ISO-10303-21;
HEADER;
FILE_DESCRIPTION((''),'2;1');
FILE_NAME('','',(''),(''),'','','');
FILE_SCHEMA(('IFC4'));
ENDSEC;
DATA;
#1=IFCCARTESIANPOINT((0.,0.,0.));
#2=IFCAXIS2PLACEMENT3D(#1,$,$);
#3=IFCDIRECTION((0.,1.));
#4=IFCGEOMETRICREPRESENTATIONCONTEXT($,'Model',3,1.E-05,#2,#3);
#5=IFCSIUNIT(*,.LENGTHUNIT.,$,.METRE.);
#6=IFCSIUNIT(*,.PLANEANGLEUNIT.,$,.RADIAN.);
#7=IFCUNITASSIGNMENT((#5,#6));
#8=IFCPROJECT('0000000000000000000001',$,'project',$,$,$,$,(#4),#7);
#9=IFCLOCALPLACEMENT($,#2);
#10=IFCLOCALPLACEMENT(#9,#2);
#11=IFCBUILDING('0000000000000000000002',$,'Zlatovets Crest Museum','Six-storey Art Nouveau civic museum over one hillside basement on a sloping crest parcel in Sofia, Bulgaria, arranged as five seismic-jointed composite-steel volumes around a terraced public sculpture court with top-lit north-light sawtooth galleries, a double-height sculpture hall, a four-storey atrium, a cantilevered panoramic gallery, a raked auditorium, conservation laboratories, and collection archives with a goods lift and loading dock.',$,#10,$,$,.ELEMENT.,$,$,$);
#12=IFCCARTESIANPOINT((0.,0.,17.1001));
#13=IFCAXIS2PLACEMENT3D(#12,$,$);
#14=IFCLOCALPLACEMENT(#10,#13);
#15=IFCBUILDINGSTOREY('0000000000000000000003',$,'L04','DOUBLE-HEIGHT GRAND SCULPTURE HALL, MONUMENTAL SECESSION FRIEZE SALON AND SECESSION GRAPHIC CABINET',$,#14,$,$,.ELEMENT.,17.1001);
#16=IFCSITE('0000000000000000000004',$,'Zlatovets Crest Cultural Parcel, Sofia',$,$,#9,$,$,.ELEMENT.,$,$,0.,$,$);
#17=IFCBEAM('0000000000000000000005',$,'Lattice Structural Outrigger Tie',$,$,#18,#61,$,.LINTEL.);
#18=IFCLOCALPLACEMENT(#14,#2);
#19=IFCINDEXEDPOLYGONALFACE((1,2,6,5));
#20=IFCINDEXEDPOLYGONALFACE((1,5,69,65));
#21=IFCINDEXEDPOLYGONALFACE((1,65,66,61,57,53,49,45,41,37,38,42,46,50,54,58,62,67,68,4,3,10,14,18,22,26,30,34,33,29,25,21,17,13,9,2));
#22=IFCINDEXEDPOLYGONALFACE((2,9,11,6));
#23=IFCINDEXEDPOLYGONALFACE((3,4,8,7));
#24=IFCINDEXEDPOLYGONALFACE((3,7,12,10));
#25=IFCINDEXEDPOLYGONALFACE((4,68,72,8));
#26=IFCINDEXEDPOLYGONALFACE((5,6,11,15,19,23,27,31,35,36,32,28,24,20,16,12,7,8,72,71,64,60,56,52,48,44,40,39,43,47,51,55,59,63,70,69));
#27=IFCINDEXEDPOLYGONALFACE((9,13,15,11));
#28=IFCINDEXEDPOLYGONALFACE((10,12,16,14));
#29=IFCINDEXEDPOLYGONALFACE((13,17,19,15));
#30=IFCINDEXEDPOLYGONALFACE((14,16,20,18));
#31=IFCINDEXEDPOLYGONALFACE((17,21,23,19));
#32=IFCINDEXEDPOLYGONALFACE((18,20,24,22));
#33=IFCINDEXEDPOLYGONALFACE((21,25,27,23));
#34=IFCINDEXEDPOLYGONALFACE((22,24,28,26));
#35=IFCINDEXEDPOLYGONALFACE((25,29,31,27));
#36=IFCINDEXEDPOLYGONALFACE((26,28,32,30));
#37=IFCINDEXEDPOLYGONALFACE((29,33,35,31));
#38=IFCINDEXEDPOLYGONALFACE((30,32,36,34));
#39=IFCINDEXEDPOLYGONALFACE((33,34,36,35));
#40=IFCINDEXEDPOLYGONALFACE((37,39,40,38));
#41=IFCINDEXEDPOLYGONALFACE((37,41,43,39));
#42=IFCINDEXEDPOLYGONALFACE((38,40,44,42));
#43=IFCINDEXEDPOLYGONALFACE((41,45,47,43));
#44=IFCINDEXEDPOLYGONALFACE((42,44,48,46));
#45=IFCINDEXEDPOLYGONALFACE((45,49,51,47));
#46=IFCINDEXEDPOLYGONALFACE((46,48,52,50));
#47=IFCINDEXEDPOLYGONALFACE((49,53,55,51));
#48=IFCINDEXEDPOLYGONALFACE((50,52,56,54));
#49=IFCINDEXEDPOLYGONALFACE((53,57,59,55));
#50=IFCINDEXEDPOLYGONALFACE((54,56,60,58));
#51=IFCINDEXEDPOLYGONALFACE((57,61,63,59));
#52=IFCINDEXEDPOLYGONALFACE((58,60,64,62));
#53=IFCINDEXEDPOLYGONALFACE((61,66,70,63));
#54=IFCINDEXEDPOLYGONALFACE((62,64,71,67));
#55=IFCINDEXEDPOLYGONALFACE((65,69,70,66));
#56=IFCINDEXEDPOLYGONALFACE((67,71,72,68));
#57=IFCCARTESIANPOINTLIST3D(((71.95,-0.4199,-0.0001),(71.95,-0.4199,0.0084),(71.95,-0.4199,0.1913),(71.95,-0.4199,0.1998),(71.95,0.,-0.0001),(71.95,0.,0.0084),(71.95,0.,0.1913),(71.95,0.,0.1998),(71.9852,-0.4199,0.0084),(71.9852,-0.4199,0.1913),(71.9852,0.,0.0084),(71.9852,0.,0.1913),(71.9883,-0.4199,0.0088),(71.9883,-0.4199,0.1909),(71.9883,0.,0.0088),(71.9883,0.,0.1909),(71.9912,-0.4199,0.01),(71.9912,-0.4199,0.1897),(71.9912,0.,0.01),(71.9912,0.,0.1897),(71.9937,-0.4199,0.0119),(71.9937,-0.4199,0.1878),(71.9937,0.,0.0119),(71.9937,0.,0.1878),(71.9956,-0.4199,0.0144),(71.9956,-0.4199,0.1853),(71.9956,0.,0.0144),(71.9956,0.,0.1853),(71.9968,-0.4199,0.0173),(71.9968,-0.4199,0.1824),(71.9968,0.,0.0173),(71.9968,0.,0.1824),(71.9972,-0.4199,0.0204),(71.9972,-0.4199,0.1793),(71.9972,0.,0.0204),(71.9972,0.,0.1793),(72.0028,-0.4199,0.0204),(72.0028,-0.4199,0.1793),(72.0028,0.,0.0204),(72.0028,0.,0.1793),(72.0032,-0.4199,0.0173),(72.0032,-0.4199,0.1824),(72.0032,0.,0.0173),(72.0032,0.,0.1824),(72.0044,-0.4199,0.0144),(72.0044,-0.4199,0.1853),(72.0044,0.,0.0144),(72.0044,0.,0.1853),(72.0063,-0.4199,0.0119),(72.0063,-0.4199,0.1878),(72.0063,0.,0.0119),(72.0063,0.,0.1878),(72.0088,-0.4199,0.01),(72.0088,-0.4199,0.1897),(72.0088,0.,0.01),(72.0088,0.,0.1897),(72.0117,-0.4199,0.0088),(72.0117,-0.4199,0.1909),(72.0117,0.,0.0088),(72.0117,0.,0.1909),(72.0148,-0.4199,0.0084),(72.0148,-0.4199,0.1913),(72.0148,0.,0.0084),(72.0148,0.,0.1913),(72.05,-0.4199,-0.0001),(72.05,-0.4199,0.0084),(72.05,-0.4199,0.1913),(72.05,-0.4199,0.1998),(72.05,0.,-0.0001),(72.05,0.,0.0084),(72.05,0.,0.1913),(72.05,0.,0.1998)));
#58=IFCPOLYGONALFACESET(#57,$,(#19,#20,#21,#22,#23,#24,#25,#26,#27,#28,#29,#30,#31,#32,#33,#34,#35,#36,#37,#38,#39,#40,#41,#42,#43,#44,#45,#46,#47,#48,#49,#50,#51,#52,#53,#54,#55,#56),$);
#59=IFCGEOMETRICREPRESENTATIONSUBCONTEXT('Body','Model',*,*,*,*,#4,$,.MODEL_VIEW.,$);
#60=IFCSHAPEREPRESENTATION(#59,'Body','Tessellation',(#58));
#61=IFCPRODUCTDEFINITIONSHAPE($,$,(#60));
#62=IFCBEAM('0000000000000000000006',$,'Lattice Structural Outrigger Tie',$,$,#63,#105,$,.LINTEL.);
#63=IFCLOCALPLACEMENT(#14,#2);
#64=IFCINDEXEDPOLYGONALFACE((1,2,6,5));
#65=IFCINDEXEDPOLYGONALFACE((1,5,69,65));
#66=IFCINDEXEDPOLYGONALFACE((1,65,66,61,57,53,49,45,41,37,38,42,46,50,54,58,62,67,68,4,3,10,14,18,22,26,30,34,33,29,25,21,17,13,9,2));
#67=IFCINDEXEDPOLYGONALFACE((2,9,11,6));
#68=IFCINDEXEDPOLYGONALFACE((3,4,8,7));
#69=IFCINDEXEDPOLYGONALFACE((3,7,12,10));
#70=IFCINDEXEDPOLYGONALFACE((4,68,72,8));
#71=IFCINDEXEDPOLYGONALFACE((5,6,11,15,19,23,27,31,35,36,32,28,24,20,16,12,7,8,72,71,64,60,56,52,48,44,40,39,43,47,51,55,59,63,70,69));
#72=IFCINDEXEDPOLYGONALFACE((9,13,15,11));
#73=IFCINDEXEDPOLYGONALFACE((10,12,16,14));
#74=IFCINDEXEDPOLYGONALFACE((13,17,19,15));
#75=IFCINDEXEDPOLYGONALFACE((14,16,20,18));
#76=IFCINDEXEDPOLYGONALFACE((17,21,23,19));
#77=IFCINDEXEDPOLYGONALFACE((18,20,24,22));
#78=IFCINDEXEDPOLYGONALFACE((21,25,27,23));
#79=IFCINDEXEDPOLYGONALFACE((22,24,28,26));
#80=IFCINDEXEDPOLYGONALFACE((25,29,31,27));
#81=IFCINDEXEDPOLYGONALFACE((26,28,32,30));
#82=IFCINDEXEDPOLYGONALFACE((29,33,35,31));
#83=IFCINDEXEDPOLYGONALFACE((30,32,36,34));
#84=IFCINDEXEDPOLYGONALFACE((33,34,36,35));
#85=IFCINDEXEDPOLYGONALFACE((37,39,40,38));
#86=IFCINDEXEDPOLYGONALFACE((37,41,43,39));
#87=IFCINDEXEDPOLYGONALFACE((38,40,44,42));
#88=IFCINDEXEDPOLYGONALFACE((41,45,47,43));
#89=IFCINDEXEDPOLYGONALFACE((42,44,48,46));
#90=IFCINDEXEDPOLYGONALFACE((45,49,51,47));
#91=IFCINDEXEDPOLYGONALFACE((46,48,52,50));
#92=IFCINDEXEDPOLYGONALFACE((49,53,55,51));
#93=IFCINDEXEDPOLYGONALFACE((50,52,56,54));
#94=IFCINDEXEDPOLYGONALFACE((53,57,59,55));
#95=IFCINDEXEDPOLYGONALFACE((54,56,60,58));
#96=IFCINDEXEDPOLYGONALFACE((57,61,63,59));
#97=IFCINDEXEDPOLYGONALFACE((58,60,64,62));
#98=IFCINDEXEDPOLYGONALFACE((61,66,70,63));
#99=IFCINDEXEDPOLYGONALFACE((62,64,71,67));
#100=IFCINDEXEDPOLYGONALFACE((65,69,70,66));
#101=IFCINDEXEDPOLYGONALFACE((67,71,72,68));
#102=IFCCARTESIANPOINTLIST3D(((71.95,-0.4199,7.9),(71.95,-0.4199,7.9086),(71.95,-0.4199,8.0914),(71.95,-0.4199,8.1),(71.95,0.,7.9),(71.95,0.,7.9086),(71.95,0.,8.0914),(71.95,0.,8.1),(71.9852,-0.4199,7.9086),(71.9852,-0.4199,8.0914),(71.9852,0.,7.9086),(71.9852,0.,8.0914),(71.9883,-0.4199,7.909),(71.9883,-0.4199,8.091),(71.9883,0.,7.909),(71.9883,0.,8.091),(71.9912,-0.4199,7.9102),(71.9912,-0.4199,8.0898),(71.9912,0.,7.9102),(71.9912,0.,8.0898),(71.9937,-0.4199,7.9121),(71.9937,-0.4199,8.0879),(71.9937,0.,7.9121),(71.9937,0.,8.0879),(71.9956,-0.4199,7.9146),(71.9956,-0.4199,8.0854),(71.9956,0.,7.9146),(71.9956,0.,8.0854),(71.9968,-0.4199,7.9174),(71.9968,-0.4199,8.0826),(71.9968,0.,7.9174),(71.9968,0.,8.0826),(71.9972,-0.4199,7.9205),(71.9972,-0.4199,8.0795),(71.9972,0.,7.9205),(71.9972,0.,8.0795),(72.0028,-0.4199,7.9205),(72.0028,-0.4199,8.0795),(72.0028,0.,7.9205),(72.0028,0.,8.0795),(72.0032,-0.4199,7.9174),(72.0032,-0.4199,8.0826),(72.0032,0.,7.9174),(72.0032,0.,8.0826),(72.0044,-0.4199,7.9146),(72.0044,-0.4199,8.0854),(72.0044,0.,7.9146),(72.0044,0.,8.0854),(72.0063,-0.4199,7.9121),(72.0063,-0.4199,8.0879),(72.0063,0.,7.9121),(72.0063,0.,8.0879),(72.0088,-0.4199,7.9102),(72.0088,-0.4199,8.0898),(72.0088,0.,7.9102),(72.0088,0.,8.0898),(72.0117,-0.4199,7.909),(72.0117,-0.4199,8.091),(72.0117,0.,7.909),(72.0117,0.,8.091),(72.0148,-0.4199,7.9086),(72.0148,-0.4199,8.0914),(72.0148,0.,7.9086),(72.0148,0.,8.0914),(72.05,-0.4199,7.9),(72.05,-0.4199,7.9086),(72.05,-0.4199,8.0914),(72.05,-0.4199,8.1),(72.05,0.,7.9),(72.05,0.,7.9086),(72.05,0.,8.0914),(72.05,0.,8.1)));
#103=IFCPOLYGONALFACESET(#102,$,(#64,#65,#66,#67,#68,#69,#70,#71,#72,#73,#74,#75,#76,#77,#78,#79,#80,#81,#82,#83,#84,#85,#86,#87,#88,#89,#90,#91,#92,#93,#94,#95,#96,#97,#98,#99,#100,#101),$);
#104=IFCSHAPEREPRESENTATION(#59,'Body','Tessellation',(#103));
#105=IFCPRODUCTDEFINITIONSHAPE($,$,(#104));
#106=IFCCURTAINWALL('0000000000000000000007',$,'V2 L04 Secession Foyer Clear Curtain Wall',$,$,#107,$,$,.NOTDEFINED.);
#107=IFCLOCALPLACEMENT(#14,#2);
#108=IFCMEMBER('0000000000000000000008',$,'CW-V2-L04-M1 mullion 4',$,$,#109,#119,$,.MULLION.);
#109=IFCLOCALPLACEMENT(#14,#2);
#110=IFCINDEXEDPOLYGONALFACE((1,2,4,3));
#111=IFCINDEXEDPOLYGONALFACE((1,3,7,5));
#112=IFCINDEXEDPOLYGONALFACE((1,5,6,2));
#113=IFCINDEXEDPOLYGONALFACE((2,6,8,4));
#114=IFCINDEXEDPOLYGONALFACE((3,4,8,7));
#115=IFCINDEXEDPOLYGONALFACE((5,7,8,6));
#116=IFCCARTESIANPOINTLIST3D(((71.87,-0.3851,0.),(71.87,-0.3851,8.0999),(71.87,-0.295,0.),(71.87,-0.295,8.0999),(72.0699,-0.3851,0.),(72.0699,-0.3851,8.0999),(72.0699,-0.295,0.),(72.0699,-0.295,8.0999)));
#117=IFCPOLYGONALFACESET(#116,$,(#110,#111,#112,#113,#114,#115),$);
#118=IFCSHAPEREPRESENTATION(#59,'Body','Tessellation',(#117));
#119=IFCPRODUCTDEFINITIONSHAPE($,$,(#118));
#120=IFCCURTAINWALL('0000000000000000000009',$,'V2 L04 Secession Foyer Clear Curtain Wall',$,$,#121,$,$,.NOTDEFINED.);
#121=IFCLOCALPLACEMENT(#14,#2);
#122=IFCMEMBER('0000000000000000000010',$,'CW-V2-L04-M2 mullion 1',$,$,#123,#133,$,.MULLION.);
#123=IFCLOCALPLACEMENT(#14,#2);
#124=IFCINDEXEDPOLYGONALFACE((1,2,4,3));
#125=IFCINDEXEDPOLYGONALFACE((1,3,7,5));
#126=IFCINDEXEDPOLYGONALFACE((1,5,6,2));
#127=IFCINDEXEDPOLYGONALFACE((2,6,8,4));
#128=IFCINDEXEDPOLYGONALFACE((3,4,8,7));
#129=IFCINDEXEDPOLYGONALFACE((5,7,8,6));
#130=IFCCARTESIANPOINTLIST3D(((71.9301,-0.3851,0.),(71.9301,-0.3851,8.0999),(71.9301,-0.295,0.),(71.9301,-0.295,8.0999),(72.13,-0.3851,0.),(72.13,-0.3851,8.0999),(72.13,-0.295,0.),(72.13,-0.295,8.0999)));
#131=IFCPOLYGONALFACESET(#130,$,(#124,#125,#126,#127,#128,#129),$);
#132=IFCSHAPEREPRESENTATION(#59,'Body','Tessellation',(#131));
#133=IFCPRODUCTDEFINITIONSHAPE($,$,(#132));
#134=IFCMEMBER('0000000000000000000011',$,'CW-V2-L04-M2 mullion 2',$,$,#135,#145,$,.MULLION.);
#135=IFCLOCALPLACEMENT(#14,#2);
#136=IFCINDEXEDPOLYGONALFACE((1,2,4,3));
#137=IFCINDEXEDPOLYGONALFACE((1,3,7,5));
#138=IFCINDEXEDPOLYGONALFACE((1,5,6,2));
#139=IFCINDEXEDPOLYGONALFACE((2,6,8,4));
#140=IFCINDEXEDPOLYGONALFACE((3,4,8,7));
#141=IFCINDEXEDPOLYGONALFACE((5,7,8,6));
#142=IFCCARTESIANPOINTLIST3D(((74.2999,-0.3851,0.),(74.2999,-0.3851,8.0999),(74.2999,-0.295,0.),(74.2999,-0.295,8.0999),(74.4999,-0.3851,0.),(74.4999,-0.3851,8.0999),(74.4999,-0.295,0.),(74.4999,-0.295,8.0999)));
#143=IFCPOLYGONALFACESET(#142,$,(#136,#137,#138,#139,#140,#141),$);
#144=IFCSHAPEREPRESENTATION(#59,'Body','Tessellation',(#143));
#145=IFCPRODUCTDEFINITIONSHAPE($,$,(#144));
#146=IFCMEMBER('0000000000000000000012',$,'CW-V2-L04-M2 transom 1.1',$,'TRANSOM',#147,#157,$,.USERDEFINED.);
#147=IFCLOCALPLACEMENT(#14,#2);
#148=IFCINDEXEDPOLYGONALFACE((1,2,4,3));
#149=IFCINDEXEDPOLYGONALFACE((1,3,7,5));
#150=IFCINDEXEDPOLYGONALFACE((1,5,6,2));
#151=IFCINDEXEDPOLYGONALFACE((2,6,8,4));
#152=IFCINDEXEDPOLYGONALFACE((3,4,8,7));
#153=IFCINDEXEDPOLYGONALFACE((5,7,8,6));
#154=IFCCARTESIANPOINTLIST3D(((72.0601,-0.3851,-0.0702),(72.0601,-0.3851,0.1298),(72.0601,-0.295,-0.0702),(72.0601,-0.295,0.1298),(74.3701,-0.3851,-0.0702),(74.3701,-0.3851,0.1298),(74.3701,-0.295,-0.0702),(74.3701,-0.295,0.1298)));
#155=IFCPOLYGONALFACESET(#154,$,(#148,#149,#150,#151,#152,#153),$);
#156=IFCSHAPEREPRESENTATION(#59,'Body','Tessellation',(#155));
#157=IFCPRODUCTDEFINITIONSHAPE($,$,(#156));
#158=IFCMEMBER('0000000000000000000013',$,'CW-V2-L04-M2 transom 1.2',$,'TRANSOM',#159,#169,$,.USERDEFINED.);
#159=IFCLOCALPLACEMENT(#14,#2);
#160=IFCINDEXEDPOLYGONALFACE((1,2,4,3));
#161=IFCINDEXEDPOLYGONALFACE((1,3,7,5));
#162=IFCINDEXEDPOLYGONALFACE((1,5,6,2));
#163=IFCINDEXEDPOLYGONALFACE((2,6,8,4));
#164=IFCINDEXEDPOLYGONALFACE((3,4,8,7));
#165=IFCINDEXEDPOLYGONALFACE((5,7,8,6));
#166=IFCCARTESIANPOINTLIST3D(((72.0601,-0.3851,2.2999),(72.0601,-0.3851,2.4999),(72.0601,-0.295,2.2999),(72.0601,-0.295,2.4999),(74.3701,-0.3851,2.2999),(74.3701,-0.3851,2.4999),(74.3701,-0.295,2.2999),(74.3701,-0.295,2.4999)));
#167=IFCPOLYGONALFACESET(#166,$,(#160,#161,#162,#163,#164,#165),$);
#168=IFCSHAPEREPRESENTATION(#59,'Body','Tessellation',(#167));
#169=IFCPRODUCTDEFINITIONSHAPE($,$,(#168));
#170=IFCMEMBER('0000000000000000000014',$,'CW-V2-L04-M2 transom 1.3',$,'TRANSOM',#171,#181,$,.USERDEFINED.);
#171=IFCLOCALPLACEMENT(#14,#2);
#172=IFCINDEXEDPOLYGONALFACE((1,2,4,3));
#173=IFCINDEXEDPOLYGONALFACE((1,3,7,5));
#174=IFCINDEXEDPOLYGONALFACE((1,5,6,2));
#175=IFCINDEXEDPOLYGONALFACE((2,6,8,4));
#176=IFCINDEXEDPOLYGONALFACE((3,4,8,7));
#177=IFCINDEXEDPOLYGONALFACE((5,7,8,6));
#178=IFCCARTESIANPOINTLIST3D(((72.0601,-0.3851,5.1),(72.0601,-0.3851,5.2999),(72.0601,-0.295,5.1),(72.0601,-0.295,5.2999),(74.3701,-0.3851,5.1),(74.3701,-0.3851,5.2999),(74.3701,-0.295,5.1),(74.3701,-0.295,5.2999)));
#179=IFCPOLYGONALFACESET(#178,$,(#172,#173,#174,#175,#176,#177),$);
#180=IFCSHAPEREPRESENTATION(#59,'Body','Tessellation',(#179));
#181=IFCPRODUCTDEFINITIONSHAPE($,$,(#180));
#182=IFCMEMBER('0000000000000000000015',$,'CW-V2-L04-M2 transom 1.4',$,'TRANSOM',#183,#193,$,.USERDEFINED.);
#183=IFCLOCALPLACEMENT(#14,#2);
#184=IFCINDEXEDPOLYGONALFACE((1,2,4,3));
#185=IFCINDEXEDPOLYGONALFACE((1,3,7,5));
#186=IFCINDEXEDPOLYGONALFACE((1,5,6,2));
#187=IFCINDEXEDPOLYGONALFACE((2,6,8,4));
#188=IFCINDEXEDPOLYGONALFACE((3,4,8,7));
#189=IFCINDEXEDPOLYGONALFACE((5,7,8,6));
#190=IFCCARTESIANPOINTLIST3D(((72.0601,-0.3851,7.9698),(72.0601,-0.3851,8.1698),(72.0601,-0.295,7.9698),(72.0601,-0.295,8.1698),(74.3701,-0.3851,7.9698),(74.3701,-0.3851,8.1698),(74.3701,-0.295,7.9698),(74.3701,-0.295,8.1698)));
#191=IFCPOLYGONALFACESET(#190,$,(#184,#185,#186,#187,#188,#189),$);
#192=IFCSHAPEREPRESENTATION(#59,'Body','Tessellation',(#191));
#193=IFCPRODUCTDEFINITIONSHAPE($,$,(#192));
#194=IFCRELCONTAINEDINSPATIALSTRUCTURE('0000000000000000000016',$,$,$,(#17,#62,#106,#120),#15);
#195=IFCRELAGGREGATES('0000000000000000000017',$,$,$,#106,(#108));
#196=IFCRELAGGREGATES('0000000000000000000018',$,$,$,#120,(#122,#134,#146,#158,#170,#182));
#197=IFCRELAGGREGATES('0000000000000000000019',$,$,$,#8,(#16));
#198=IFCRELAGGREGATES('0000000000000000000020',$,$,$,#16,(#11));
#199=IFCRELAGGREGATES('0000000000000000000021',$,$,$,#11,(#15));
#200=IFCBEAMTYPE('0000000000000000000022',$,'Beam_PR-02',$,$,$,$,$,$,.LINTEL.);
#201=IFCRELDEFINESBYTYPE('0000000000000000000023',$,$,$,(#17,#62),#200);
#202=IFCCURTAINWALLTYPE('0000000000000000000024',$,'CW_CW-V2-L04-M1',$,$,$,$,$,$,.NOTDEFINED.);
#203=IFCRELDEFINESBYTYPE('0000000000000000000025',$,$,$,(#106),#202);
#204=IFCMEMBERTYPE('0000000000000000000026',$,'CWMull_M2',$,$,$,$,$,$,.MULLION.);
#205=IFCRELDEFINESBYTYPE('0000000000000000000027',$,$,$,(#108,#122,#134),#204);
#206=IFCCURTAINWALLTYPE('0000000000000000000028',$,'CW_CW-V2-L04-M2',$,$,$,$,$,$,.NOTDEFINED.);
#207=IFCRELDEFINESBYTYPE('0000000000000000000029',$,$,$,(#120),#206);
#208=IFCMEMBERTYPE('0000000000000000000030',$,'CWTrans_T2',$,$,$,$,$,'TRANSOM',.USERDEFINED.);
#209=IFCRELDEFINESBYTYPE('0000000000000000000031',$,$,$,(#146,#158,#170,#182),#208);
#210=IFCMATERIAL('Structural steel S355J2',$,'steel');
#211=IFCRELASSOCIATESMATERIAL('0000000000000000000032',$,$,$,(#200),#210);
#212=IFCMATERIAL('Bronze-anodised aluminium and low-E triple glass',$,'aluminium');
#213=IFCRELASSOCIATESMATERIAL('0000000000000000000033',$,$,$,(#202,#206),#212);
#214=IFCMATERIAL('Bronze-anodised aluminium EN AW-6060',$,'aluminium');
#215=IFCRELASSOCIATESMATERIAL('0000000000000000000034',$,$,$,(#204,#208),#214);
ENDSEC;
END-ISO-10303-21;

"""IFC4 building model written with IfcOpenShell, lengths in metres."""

from ifc_helpers import new_model, si_unit, direction, frame, origin, origin_2d, place, context, subcontext, project, spatial, rectangle, i_section, extrude, material, material_profile, profile_set, type_object, element, aggregate, save


model = new_model("IFC4")

# Units and contexts
model_context = context("Model", 3, precision=1e-05, world=origin(), true_north=direction((0.0, 1.0)))
body_context = subcontext(model_context, "Body", "Model", "MODEL_VIEW")
ifc_project = project(units=[si_unit("LENGTHUNIT", "METRE"), si_unit("PLANEANGLEUNIT", "RADIAN")], contexts=[model_context])

# Site, building, storey
site_placement = place(None, origin())
site = spatial("IfcSite", under=ifc_project, at=site_placement, Name="Zlatovets Crest Cultural Parcel, Sofia", CompositionType="ELEMENT", RefElevation=0.0)
building_placement = place(site_placement, origin())
building = spatial("IfcBuilding", under=site, at=building_placement, Name="Zlatovets Crest Museum", Description="Six-storey Art Nouveau civic museum over one hillside basement on a sloping crest parcel in Sofia, Bulgaria, arranged as five seismic-jointed composite-steel volumes around a terraced public sculpture court with top-lit north-light sawtooth galleries, a double-height sculpture hall, a four-storey atrium, a cantilevered panoramic gallery, a raked auditorium, conservation laboratories, and collection archives with a goods lift and loading dock.", CompositionType="ELEMENT")
storey_placement = place(building_placement, frame((0.0, 0.0, 17.1001)))
storey = spatial("IfcBuildingStorey", under=building, at=storey_placement, Name="L04", Description="DOUBLE-HEIGHT GRAND SCULPTURE HALL, MONUMENTAL SECESSION FRIEZE SALON AND SECESSION GRAPHIC CABINET", CompositionType="ELEMENT", Elevation=17.1001)

# Shared definitions
ifc_material_1 = material(Name="Structural steel S355J2", Category="steel")

# Beams
ifc_material_profile_1 = material_profile(ifc_material_1, i_section(OverallWidth=0.1001, OverallDepth=0.2, WebThickness=0.0056, FlangeThickness=0.0085, FilletRadius=0.012, at=origin_2d()), Name="IPE 200")
ifc_profile_set_1 = profile_set([ifc_material_profile_1], Name="Structural steel S355J2")
beam_type_1 = type_object("IfcBeamType", Name="Beam_PR-02", PredefinedType="LINTEL", material=ifc_profile_set_1)
for number, where, z_axis, x_axis, name in (
    (1, (72.0, 0.0, 0.0999), (0.0, -1.0, 0.0), (1.0, 0.0, 0.0), "Lattice Structural Outrigger Tie"),
    (2, (72.0, 0.0, 8.0), (0.0, -1.0, 0.0), (1.0, 0.0, 0.0), "Lattice Structural Outrigger Tie"),
):
    element("IfcBeam", number, at=place(storey_placement, frame(where, z_axis=z_axis, x_axis=x_axis)), inside=storey, type_object=beam_type_1, Name=name, PredefinedType="LINTEL", context=body_context, shape_type="SweptSolid", body=[
        extrude(i_section(OverallWidth=0.1001, OverallDepth=0.2, WebThickness=0.0056, FlangeThickness=0.0085, FilletRadius=0.012, at=origin_2d()), origin(), (0.0, 0.0, 1.0), 0.4199),
    ])

# Curtain wall, member
ifc_material_2 = material(Name="Bronze-anodised aluminium and low-E triple glass", Category="aluminium")
curtain_wall_type_1 = type_object("IfcCurtainWallType", Name="CW_CW-V2-L04-M1", PredefinedType="NOTDEFINED", material=ifc_material_2)
curtain_wall_1_placement = place(storey_placement, origin())
curtain_wall_1 = element("IfcCurtainWall", 3, at=curtain_wall_1_placement, inside=storey, type_object=curtain_wall_type_1, Name="V2 L04 Secession Foyer Clear Curtain Wall", PredefinedType="NOTDEFINED")
ifc_material_3 = material(Name="Bronze-anodised aluminium EN AW-6060", Category="aluminium")
ifc_material_profile_2 = material_profile(ifc_material_3, rectangle(XDim=0.0901, YDim=0.2, at=origin_2d()), Name="ALU 90x200")
ifc_profile_set_2 = profile_set([ifc_material_profile_2], Name="Bronze-anodised aluminium EN AW-6060")
member_type_1 = type_object("IfcMemberType", Name="CWMull_M2", PredefinedType="MULLION", material=ifc_profile_set_2)
member_1_placement = place(storey_placement, frame((71.97, -0.3401, 0.0), z_axis=(0.0, 0.0, 1.0), x_axis=(0.0, 1.0, 0.0)))
member_1 = element("IfcMember", 4, at=member_1_placement, type_object=member_type_1, Name="CW-V2-L04-M1 mullion 4", PredefinedType="MULLION", context=body_context, shape_type="SweptSolid", body=[
    extrude(rectangle(XDim=0.0901, YDim=0.2, at=origin_2d()), origin(), (0.0, 0.0, 1.0), 8.0999),
])

# Curtain wall, members
curtain_wall_type_2 = type_object("IfcCurtainWallType", Name="CW_CW-V2-L04-M2", PredefinedType="NOTDEFINED", material=ifc_material_2)
curtain_wall_2_placement = place(storey_placement, origin())
curtain_wall_2 = element("IfcCurtainWall", 5, at=curtain_wall_2_placement, inside=storey, type_object=curtain_wall_type_2, Name="V2 L04 Secession Foyer Clear Curtain Wall", PredefinedType="NOTDEFINED")
member_2_placement = place(storey_placement, frame((72.03, -0.3401, 0.0), z_axis=(0.0, 0.0, 1.0), x_axis=(0.0, 1.0, 0.0)))
member_2 = element("IfcMember", 6, at=member_2_placement, type_object=member_type_1, Name="CW-V2-L04-M2 mullion 1", PredefinedType="MULLION", context=body_context, shape_type="SweptSolid", body=[
    extrude(rectangle(XDim=0.0901, YDim=0.2, at=origin_2d()), origin(), (0.0, 0.0, 1.0), 8.0999),
])
member_3_placement = place(storey_placement, frame((74.3999, -0.3401, 0.0), z_axis=(0.0, 0.0, 1.0), x_axis=(0.0, 1.0, 0.0)))
member_3 = element("IfcMember", 7, at=member_3_placement, type_object=member_type_1, Name="CW-V2-L04-M2 mullion 2", PredefinedType="MULLION", context=body_context, shape_type="SweptSolid", body=[
    extrude(rectangle(XDim=0.0901, YDim=0.2, at=origin_2d()), origin(), (0.0, 0.0, 1.0), 8.0999),
])
ifc_material_profile_3 = material_profile(ifc_material_3, rectangle(XDim=0.0901, YDim=0.2, at=origin_2d()), Name="ALU 90x200")
ifc_profile_set_3 = profile_set([ifc_material_profile_3], Name="Bronze-anodised aluminium EN AW-6060")
member_type_2 = type_object("IfcMemberType", Name="CWTrans_T2", ElementType="TRANSOM", PredefinedType="USERDEFINED", material=ifc_profile_set_3)
member_4_placement = place(storey_placement, frame((72.0601, -0.3401, 0.0298), z_axis=(1.0, 0.0, 0.0), x_axis=(0.0, 1.0, 0.0)))
member_4 = element("IfcMember", 8, at=member_4_placement, type_object=member_type_2, Name="CW-V2-L04-M2 transom 1.1", ObjectType="TRANSOM", PredefinedType="USERDEFINED", context=body_context, shape_type="SweptSolid", body=[
    extrude(rectangle(XDim=0.0901, YDim=0.2, at=origin_2d()), origin(), (0.0, 0.0, 1.0), 2.3101),
])
member_5_placement = place(storey_placement, frame((72.0601, -0.3401, 2.3999), z_axis=(1.0, 0.0, 0.0), x_axis=(0.0, 1.0, 0.0)))
member_5 = element("IfcMember", 9, at=member_5_placement, type_object=member_type_2, Name="CW-V2-L04-M2 transom 1.2", ObjectType="TRANSOM", PredefinedType="USERDEFINED", context=body_context, shape_type="SweptSolid", body=[
    extrude(rectangle(XDim=0.0901, YDim=0.2, at=origin_2d()), origin(), (0.0, 0.0, 1.0), 2.3101),
])
member_6_placement = place(storey_placement, frame((72.0601, -0.3401, 5.2), z_axis=(1.0, 0.0, 0.0), x_axis=(0.0, 1.0, 0.0)))
member_6 = element("IfcMember", 10, at=member_6_placement, type_object=member_type_2, Name="CW-V2-L04-M2 transom 1.3", ObjectType="TRANSOM", PredefinedType="USERDEFINED", context=body_context, shape_type="SweptSolid", body=[
    extrude(rectangle(XDim=0.0901, YDim=0.2, at=origin_2d()), origin(), (0.0, 0.0, 1.0), 2.3101),
])
member_7_placement = place(storey_placement, frame((72.0601, -0.3401, 8.0698), z_axis=(1.0, 0.0, 0.0), x_axis=(0.0, 1.0, 0.0)))
member_7 = element("IfcMember", 11, at=member_7_placement, type_object=member_type_2, Name="CW-V2-L04-M2 transom 1.4", ObjectType="TRANSOM", PredefinedType="USERDEFINED", context=body_context, shape_type="SweptSolid", body=[
    extrude(rectangle(XDim=0.0901, YDim=0.2, at=origin_2d()), origin(), (0.0, 0.0, 1.0), 2.3101),
])

aggregate(curtain_wall_1, [member_1])
aggregate(curtain_wall_2, [member_2, member_3, member_4, member_5, member_6, member_7])

save(model, "model.ifc")
